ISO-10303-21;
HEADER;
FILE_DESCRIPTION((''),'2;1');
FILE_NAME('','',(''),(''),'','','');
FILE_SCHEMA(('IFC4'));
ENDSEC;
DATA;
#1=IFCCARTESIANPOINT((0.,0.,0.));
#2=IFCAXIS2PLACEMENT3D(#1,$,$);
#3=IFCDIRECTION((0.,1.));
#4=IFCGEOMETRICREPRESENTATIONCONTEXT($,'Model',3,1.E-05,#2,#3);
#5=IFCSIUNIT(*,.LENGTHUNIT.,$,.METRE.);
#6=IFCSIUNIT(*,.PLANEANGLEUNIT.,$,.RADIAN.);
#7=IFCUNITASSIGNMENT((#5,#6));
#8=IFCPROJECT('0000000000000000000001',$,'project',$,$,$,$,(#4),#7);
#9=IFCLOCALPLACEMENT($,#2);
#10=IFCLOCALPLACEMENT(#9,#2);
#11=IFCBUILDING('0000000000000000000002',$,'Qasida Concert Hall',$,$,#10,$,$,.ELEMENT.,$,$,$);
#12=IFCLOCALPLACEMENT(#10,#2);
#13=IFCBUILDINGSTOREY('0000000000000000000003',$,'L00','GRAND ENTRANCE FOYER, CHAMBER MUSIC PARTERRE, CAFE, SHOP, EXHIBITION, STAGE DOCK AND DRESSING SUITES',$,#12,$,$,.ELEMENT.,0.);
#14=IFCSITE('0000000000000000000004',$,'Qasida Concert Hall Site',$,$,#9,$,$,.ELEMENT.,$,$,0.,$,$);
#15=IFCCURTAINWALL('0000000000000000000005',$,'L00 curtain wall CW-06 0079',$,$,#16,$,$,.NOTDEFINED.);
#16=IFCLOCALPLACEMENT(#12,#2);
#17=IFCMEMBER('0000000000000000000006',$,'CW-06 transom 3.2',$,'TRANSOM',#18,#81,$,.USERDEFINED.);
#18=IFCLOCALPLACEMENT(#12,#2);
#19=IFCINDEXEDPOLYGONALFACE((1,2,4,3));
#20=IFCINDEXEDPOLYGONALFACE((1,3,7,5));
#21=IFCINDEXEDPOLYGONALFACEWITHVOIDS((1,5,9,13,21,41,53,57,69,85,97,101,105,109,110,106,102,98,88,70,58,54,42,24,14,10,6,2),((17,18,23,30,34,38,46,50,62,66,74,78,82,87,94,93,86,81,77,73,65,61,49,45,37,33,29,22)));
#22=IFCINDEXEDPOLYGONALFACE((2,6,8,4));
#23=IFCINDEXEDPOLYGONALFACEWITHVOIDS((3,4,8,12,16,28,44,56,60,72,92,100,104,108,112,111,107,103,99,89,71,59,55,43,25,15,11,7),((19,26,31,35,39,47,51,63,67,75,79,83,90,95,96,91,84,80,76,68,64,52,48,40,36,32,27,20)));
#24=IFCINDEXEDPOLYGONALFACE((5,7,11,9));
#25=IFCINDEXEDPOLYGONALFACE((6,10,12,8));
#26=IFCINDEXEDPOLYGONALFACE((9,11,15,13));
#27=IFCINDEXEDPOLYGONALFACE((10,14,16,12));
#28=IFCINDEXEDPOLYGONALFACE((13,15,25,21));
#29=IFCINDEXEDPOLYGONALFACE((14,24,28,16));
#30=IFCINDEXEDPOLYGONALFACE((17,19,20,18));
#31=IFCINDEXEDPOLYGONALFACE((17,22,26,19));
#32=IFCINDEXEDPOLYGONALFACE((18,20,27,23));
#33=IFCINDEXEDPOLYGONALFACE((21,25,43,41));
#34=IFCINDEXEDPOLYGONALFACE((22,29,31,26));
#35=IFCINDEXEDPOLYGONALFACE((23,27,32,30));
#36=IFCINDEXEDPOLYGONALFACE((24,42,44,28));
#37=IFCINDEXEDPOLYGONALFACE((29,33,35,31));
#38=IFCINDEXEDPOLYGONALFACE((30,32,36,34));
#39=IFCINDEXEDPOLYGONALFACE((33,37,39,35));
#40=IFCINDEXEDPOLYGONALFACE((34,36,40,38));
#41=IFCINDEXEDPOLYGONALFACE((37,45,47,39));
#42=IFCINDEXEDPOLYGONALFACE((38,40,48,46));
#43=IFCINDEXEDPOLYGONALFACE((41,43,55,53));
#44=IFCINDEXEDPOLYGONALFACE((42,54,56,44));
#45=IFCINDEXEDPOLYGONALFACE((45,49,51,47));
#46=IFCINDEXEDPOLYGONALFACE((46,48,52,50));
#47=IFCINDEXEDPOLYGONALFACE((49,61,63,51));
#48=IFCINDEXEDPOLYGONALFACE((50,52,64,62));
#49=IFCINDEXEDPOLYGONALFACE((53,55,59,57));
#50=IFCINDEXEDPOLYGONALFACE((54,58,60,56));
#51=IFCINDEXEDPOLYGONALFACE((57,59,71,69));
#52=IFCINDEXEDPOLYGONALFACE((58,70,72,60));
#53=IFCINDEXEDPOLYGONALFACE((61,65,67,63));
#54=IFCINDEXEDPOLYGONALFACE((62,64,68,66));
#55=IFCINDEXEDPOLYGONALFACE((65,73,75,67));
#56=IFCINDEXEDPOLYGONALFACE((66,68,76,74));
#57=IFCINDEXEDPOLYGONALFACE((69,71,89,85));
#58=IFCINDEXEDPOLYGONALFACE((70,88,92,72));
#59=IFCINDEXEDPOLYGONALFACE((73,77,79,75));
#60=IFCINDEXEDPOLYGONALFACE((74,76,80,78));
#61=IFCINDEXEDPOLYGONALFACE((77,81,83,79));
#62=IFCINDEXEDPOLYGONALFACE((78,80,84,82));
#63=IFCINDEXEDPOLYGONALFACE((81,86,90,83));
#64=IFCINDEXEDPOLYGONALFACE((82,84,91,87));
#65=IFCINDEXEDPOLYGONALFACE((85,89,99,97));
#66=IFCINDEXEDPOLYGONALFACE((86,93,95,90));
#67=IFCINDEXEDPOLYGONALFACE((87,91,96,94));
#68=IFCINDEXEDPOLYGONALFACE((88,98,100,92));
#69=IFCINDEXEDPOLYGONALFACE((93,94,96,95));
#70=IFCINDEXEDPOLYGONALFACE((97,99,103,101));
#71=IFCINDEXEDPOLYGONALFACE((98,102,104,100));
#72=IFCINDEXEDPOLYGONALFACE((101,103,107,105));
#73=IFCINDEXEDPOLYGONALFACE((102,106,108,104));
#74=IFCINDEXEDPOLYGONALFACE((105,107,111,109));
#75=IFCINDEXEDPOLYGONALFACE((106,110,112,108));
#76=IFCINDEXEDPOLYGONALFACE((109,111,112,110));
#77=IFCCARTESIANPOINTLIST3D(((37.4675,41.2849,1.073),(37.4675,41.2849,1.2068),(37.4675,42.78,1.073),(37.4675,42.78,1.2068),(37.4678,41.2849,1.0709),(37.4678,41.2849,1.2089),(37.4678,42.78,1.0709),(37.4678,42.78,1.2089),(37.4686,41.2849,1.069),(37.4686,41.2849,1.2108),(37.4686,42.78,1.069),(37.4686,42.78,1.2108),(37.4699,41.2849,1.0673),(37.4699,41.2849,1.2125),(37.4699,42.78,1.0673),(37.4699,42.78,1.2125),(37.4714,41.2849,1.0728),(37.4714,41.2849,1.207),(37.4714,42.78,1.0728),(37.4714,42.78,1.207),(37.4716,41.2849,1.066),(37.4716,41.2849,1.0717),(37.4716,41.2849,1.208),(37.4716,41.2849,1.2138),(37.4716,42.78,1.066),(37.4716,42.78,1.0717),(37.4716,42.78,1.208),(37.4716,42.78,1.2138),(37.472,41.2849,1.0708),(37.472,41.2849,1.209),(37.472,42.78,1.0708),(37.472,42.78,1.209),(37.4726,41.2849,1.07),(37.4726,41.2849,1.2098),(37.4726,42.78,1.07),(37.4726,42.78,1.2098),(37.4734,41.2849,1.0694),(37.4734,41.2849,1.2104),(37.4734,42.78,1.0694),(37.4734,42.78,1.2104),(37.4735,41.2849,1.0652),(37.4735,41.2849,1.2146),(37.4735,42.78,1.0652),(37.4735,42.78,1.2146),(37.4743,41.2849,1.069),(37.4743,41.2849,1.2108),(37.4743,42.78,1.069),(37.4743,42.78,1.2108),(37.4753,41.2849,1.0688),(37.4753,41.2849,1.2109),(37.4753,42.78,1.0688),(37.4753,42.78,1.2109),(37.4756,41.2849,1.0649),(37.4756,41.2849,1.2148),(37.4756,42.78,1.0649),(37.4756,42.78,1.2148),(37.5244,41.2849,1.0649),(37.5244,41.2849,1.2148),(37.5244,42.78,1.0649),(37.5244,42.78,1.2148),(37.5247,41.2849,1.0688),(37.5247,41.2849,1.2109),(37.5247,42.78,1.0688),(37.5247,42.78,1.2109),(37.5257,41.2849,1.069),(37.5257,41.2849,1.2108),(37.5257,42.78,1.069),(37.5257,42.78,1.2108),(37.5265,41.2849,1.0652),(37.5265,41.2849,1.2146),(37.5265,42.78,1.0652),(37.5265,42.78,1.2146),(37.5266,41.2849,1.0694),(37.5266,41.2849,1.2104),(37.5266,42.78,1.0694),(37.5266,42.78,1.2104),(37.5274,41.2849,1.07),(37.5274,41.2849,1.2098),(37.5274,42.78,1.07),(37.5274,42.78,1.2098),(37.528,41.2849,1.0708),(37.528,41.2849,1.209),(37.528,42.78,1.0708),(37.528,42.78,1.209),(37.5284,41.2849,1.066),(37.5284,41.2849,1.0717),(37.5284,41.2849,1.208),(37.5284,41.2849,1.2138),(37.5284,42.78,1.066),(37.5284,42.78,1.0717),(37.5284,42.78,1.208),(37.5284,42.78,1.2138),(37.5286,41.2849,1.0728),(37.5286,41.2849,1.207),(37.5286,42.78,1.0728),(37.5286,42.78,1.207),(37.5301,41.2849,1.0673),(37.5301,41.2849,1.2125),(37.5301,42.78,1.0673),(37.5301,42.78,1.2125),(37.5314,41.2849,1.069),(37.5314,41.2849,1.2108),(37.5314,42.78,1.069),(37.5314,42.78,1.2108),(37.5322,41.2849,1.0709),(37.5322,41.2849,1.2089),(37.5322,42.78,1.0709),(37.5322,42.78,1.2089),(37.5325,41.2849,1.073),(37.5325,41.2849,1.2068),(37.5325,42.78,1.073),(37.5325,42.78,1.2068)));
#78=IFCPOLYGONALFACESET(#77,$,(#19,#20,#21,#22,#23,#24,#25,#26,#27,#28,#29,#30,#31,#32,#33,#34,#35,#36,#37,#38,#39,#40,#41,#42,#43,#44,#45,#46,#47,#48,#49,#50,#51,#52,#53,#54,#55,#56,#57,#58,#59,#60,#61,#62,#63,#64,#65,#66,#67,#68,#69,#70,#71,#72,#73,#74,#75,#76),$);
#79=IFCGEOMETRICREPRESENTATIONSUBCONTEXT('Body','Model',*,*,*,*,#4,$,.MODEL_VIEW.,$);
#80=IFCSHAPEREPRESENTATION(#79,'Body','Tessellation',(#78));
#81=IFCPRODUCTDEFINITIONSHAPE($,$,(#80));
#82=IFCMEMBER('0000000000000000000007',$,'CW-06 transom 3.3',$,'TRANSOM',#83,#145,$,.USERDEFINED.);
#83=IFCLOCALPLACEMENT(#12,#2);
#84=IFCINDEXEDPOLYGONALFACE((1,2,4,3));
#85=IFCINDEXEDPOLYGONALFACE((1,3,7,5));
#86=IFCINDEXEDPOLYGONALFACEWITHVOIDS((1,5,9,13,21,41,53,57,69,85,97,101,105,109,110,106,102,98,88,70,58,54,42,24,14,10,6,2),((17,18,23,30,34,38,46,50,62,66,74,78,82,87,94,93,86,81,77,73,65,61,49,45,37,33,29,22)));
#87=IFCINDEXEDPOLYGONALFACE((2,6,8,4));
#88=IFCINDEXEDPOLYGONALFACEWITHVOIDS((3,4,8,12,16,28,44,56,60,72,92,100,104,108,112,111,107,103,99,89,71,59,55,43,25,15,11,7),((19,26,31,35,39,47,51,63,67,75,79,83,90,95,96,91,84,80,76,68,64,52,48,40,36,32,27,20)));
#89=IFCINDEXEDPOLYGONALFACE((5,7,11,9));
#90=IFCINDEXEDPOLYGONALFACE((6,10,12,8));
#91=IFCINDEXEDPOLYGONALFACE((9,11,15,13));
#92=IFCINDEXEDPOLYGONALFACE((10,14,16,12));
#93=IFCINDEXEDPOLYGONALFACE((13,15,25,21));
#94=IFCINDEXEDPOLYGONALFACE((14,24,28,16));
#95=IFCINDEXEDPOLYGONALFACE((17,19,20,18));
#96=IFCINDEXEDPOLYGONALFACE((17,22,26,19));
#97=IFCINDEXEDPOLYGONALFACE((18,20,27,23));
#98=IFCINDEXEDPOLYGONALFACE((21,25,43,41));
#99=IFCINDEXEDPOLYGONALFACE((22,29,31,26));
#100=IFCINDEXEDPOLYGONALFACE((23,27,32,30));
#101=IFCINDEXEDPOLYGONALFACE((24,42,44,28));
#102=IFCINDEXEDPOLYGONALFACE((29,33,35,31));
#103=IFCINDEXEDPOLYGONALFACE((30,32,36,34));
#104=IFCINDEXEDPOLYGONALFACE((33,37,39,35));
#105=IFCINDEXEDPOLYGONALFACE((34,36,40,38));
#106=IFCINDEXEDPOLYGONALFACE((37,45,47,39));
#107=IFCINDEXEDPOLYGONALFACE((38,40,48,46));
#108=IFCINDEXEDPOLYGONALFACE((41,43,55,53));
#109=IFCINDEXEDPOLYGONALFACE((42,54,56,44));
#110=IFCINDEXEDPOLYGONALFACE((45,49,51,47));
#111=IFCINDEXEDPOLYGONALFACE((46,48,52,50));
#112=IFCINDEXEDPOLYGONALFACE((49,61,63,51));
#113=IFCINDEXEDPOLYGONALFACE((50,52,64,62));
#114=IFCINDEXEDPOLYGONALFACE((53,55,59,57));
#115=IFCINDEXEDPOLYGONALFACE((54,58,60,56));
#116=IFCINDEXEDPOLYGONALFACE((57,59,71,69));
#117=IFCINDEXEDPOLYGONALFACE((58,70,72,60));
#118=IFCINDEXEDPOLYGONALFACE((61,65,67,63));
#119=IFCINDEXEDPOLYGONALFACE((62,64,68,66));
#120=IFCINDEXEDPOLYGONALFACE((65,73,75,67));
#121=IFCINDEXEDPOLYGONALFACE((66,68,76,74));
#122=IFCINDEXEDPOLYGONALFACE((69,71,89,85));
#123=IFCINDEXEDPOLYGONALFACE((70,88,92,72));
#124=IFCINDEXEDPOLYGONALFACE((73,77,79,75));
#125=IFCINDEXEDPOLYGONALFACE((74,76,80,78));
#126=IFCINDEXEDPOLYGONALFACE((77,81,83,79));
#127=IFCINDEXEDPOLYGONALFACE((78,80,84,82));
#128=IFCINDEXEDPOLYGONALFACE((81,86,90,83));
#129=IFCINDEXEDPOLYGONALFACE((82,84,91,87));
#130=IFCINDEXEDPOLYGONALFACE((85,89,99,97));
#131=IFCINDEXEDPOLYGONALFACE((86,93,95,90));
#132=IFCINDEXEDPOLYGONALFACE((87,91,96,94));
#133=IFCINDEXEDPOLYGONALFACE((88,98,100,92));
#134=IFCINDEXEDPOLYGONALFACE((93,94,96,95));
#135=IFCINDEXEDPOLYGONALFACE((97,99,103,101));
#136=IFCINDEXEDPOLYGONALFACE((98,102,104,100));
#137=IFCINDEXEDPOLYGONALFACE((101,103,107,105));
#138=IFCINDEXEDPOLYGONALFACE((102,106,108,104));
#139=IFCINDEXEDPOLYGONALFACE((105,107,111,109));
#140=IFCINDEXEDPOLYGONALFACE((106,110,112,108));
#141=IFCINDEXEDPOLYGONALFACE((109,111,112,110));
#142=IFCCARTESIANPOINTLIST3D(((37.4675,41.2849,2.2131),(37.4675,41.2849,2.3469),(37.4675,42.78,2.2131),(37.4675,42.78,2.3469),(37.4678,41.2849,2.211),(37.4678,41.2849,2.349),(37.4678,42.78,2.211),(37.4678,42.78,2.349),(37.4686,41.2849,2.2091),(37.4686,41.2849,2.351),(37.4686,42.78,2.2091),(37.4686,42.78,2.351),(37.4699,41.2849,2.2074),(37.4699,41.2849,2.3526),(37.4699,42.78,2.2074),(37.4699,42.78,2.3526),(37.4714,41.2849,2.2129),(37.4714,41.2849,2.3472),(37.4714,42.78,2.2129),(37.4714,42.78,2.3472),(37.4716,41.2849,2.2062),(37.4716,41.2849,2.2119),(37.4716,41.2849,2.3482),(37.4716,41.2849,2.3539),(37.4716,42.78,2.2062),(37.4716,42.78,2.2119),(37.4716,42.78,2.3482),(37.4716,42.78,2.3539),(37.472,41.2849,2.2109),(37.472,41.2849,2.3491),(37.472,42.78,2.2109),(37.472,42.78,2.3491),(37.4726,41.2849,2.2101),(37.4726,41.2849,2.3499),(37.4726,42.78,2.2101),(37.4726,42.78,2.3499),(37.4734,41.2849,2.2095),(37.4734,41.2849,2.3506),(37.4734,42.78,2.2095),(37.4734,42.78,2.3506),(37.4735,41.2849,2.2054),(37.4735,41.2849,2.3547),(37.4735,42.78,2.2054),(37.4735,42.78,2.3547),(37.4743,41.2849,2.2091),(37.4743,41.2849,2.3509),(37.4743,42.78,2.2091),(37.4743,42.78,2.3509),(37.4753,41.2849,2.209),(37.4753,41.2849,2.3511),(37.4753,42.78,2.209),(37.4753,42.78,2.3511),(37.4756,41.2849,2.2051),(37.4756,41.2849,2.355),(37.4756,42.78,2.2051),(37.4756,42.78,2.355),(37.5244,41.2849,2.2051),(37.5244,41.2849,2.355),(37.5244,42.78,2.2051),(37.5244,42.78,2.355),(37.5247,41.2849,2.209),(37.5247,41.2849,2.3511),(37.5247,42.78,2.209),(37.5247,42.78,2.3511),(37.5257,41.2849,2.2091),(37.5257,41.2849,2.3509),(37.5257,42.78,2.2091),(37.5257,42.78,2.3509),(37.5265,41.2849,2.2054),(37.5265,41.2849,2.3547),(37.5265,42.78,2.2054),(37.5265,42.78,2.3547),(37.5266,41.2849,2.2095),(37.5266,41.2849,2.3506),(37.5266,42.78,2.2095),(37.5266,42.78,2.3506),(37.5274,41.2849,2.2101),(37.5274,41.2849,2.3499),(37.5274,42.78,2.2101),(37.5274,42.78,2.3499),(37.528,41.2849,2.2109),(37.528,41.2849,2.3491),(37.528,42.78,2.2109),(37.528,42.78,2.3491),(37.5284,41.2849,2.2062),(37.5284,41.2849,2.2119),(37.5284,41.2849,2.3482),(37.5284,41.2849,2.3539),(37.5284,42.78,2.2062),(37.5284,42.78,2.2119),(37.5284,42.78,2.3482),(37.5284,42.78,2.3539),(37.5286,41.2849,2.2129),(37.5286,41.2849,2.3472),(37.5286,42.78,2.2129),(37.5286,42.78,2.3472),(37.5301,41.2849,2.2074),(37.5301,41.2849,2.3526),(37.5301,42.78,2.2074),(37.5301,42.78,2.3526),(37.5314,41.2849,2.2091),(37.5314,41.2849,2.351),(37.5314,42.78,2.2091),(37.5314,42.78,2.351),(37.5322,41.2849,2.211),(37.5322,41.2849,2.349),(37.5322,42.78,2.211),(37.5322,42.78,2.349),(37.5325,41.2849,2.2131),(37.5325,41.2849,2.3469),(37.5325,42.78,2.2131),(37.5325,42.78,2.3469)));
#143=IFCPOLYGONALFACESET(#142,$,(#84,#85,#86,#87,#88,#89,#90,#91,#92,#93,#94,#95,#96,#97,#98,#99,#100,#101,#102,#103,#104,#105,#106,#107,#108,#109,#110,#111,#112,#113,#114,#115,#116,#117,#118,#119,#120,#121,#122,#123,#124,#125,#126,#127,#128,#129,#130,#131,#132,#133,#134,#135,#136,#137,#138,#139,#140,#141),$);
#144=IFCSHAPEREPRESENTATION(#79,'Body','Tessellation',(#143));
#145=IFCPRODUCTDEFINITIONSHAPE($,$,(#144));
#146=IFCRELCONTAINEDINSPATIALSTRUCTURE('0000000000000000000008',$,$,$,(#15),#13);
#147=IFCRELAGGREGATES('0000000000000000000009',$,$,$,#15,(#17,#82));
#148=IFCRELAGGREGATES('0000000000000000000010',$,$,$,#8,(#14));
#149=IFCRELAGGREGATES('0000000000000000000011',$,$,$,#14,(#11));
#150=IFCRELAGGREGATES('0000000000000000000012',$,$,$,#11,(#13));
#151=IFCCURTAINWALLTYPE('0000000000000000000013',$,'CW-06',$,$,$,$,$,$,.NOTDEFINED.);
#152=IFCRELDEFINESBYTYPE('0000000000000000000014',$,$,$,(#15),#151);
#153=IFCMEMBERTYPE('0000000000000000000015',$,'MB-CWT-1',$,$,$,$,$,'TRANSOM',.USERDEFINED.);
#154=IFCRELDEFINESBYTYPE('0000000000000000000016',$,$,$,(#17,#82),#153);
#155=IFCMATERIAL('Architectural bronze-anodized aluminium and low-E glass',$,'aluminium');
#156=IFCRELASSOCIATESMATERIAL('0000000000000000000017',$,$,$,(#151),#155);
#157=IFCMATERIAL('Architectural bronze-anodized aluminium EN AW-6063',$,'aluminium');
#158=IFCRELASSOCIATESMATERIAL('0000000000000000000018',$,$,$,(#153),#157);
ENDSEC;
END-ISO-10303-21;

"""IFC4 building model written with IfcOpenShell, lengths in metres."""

from ifc_helpers import new_model, si_unit, direction, frame, origin, origin_2d, place, context, subcontext, project, spatial, hollow_rectangle, extrude, material, material_profile, profile_set, type_object, element, aggregate, save


model = new_model("IFC4")

# Units and contexts
model_context = context("Model", 3, precision=1e-05, world=origin(), true_north=direction((0.0, 1.0)))
body_context = subcontext(model_context, "Body", "Model", "MODEL_VIEW")
ifc_project = project(units=[si_unit("LENGTHUNIT", "METRE"), si_unit("PLANEANGLEUNIT", "RADIAN")], contexts=[model_context])

# Site, building, storey
site_placement = place(None, origin())
site = spatial("IfcSite", under=ifc_project, at=site_placement, Name="Qasida Concert Hall Site", CompositionType="ELEMENT", RefElevation=0.0)
building_placement = place(site_placement, origin())
building = spatial("IfcBuilding", under=site, at=building_placement, Name="Qasida Concert Hall", CompositionType="ELEMENT")
storey_placement = place(building_placement, origin())
storey = spatial("IfcBuildingStorey", under=building, at=storey_placement, Name="L00", Description="GRAND ENTRANCE FOYER, CHAMBER MUSIC PARTERRE, CAFE, SHOP, EXHIBITION, STAGE DOCK AND DRESSING SUITES", CompositionType="ELEMENT", Elevation=0.0)

# Curtain wall, members
ifc_material_1 = material(Name="Architectural bronze-anodized aluminium and low-E glass", Category="aluminium")
curtain_wall_type = type_object("IfcCurtainWallType", Name="CW-06", PredefinedType="NOTDEFINED", material=ifc_material_1)
curtain_wall_placement = place(storey_placement, origin())
curtain_wall = element("IfcCurtainWall", 1, at=curtain_wall_placement, inside=storey, type_object=curtain_wall_type, Name="L00 curtain wall CW-06 0079", PredefinedType="NOTDEFINED")
ifc_material_2 = material(Name="Architectural bronze-anodized aluminium EN AW-6063", Category="aluminium")
ifc_material_profile_1 = material_profile(ifc_material_2, hollow_rectangle(XDim=0.0649, YDim=0.1499, WallThickness=0.0039, InnerFilletRadius=0.0039, OuterFilletRadius=0.0081, at=origin_2d()), Name="CWT 150x65x4")
ifc_profile_set_1 = profile_set([ifc_material_profile_1], Name="Architectural bronze-anodized aluminium EN AW-6063")
member_type_1 = type_object("IfcMemberType", Name="MB-CWT-1", ElementType="TRANSOM", PredefinedType="USERDEFINED", material=ifc_profile_set_1)
member_1_placement = place(storey_placement, frame((37.5, 41.2849, 1.1399), z_axis=(0.0, 1.0, 0.0), x_axis=(-1.0, 0.0, 0.0)))
member_1 = element("IfcMember", 2, at=member_1_placement, type_object=member_type_1, Name="CW-06 transom 3.2", ObjectType="TRANSOM", PredefinedType="USERDEFINED", context=body_context, shape_type="SweptSolid", body=[
    extrude(hollow_rectangle(XDim=0.0649, YDim=0.1499, WallThickness=0.0039, InnerFilletRadius=0.0039, OuterFilletRadius=0.0081, at=origin_2d()), origin(), (0.0, 0.0, 1.0), 1.4951),
])
member_2_placement = place(storey_placement, frame((37.5, 41.2849, 2.28), z_axis=(0.0, 1.0, 0.0), x_axis=(-1.0, 0.0, 0.0)))
member_2 = element("IfcMember", 3, at=member_2_placement, type_object=member_type_1, Name="CW-06 transom 3.3", ObjectType="TRANSOM", PredefinedType="USERDEFINED", context=body_context, shape_type="SweptSolid", body=[
    extrude(hollow_rectangle(XDim=0.0649, YDim=0.1499, WallThickness=0.0039, InnerFilletRadius=0.0039, OuterFilletRadius=0.0081, at=origin_2d()), origin(), (0.0, 0.0, 1.0), 1.4951),
])
aggregate(curtain_wall, [member_1, member_2])

save(model, "model.ifc")
